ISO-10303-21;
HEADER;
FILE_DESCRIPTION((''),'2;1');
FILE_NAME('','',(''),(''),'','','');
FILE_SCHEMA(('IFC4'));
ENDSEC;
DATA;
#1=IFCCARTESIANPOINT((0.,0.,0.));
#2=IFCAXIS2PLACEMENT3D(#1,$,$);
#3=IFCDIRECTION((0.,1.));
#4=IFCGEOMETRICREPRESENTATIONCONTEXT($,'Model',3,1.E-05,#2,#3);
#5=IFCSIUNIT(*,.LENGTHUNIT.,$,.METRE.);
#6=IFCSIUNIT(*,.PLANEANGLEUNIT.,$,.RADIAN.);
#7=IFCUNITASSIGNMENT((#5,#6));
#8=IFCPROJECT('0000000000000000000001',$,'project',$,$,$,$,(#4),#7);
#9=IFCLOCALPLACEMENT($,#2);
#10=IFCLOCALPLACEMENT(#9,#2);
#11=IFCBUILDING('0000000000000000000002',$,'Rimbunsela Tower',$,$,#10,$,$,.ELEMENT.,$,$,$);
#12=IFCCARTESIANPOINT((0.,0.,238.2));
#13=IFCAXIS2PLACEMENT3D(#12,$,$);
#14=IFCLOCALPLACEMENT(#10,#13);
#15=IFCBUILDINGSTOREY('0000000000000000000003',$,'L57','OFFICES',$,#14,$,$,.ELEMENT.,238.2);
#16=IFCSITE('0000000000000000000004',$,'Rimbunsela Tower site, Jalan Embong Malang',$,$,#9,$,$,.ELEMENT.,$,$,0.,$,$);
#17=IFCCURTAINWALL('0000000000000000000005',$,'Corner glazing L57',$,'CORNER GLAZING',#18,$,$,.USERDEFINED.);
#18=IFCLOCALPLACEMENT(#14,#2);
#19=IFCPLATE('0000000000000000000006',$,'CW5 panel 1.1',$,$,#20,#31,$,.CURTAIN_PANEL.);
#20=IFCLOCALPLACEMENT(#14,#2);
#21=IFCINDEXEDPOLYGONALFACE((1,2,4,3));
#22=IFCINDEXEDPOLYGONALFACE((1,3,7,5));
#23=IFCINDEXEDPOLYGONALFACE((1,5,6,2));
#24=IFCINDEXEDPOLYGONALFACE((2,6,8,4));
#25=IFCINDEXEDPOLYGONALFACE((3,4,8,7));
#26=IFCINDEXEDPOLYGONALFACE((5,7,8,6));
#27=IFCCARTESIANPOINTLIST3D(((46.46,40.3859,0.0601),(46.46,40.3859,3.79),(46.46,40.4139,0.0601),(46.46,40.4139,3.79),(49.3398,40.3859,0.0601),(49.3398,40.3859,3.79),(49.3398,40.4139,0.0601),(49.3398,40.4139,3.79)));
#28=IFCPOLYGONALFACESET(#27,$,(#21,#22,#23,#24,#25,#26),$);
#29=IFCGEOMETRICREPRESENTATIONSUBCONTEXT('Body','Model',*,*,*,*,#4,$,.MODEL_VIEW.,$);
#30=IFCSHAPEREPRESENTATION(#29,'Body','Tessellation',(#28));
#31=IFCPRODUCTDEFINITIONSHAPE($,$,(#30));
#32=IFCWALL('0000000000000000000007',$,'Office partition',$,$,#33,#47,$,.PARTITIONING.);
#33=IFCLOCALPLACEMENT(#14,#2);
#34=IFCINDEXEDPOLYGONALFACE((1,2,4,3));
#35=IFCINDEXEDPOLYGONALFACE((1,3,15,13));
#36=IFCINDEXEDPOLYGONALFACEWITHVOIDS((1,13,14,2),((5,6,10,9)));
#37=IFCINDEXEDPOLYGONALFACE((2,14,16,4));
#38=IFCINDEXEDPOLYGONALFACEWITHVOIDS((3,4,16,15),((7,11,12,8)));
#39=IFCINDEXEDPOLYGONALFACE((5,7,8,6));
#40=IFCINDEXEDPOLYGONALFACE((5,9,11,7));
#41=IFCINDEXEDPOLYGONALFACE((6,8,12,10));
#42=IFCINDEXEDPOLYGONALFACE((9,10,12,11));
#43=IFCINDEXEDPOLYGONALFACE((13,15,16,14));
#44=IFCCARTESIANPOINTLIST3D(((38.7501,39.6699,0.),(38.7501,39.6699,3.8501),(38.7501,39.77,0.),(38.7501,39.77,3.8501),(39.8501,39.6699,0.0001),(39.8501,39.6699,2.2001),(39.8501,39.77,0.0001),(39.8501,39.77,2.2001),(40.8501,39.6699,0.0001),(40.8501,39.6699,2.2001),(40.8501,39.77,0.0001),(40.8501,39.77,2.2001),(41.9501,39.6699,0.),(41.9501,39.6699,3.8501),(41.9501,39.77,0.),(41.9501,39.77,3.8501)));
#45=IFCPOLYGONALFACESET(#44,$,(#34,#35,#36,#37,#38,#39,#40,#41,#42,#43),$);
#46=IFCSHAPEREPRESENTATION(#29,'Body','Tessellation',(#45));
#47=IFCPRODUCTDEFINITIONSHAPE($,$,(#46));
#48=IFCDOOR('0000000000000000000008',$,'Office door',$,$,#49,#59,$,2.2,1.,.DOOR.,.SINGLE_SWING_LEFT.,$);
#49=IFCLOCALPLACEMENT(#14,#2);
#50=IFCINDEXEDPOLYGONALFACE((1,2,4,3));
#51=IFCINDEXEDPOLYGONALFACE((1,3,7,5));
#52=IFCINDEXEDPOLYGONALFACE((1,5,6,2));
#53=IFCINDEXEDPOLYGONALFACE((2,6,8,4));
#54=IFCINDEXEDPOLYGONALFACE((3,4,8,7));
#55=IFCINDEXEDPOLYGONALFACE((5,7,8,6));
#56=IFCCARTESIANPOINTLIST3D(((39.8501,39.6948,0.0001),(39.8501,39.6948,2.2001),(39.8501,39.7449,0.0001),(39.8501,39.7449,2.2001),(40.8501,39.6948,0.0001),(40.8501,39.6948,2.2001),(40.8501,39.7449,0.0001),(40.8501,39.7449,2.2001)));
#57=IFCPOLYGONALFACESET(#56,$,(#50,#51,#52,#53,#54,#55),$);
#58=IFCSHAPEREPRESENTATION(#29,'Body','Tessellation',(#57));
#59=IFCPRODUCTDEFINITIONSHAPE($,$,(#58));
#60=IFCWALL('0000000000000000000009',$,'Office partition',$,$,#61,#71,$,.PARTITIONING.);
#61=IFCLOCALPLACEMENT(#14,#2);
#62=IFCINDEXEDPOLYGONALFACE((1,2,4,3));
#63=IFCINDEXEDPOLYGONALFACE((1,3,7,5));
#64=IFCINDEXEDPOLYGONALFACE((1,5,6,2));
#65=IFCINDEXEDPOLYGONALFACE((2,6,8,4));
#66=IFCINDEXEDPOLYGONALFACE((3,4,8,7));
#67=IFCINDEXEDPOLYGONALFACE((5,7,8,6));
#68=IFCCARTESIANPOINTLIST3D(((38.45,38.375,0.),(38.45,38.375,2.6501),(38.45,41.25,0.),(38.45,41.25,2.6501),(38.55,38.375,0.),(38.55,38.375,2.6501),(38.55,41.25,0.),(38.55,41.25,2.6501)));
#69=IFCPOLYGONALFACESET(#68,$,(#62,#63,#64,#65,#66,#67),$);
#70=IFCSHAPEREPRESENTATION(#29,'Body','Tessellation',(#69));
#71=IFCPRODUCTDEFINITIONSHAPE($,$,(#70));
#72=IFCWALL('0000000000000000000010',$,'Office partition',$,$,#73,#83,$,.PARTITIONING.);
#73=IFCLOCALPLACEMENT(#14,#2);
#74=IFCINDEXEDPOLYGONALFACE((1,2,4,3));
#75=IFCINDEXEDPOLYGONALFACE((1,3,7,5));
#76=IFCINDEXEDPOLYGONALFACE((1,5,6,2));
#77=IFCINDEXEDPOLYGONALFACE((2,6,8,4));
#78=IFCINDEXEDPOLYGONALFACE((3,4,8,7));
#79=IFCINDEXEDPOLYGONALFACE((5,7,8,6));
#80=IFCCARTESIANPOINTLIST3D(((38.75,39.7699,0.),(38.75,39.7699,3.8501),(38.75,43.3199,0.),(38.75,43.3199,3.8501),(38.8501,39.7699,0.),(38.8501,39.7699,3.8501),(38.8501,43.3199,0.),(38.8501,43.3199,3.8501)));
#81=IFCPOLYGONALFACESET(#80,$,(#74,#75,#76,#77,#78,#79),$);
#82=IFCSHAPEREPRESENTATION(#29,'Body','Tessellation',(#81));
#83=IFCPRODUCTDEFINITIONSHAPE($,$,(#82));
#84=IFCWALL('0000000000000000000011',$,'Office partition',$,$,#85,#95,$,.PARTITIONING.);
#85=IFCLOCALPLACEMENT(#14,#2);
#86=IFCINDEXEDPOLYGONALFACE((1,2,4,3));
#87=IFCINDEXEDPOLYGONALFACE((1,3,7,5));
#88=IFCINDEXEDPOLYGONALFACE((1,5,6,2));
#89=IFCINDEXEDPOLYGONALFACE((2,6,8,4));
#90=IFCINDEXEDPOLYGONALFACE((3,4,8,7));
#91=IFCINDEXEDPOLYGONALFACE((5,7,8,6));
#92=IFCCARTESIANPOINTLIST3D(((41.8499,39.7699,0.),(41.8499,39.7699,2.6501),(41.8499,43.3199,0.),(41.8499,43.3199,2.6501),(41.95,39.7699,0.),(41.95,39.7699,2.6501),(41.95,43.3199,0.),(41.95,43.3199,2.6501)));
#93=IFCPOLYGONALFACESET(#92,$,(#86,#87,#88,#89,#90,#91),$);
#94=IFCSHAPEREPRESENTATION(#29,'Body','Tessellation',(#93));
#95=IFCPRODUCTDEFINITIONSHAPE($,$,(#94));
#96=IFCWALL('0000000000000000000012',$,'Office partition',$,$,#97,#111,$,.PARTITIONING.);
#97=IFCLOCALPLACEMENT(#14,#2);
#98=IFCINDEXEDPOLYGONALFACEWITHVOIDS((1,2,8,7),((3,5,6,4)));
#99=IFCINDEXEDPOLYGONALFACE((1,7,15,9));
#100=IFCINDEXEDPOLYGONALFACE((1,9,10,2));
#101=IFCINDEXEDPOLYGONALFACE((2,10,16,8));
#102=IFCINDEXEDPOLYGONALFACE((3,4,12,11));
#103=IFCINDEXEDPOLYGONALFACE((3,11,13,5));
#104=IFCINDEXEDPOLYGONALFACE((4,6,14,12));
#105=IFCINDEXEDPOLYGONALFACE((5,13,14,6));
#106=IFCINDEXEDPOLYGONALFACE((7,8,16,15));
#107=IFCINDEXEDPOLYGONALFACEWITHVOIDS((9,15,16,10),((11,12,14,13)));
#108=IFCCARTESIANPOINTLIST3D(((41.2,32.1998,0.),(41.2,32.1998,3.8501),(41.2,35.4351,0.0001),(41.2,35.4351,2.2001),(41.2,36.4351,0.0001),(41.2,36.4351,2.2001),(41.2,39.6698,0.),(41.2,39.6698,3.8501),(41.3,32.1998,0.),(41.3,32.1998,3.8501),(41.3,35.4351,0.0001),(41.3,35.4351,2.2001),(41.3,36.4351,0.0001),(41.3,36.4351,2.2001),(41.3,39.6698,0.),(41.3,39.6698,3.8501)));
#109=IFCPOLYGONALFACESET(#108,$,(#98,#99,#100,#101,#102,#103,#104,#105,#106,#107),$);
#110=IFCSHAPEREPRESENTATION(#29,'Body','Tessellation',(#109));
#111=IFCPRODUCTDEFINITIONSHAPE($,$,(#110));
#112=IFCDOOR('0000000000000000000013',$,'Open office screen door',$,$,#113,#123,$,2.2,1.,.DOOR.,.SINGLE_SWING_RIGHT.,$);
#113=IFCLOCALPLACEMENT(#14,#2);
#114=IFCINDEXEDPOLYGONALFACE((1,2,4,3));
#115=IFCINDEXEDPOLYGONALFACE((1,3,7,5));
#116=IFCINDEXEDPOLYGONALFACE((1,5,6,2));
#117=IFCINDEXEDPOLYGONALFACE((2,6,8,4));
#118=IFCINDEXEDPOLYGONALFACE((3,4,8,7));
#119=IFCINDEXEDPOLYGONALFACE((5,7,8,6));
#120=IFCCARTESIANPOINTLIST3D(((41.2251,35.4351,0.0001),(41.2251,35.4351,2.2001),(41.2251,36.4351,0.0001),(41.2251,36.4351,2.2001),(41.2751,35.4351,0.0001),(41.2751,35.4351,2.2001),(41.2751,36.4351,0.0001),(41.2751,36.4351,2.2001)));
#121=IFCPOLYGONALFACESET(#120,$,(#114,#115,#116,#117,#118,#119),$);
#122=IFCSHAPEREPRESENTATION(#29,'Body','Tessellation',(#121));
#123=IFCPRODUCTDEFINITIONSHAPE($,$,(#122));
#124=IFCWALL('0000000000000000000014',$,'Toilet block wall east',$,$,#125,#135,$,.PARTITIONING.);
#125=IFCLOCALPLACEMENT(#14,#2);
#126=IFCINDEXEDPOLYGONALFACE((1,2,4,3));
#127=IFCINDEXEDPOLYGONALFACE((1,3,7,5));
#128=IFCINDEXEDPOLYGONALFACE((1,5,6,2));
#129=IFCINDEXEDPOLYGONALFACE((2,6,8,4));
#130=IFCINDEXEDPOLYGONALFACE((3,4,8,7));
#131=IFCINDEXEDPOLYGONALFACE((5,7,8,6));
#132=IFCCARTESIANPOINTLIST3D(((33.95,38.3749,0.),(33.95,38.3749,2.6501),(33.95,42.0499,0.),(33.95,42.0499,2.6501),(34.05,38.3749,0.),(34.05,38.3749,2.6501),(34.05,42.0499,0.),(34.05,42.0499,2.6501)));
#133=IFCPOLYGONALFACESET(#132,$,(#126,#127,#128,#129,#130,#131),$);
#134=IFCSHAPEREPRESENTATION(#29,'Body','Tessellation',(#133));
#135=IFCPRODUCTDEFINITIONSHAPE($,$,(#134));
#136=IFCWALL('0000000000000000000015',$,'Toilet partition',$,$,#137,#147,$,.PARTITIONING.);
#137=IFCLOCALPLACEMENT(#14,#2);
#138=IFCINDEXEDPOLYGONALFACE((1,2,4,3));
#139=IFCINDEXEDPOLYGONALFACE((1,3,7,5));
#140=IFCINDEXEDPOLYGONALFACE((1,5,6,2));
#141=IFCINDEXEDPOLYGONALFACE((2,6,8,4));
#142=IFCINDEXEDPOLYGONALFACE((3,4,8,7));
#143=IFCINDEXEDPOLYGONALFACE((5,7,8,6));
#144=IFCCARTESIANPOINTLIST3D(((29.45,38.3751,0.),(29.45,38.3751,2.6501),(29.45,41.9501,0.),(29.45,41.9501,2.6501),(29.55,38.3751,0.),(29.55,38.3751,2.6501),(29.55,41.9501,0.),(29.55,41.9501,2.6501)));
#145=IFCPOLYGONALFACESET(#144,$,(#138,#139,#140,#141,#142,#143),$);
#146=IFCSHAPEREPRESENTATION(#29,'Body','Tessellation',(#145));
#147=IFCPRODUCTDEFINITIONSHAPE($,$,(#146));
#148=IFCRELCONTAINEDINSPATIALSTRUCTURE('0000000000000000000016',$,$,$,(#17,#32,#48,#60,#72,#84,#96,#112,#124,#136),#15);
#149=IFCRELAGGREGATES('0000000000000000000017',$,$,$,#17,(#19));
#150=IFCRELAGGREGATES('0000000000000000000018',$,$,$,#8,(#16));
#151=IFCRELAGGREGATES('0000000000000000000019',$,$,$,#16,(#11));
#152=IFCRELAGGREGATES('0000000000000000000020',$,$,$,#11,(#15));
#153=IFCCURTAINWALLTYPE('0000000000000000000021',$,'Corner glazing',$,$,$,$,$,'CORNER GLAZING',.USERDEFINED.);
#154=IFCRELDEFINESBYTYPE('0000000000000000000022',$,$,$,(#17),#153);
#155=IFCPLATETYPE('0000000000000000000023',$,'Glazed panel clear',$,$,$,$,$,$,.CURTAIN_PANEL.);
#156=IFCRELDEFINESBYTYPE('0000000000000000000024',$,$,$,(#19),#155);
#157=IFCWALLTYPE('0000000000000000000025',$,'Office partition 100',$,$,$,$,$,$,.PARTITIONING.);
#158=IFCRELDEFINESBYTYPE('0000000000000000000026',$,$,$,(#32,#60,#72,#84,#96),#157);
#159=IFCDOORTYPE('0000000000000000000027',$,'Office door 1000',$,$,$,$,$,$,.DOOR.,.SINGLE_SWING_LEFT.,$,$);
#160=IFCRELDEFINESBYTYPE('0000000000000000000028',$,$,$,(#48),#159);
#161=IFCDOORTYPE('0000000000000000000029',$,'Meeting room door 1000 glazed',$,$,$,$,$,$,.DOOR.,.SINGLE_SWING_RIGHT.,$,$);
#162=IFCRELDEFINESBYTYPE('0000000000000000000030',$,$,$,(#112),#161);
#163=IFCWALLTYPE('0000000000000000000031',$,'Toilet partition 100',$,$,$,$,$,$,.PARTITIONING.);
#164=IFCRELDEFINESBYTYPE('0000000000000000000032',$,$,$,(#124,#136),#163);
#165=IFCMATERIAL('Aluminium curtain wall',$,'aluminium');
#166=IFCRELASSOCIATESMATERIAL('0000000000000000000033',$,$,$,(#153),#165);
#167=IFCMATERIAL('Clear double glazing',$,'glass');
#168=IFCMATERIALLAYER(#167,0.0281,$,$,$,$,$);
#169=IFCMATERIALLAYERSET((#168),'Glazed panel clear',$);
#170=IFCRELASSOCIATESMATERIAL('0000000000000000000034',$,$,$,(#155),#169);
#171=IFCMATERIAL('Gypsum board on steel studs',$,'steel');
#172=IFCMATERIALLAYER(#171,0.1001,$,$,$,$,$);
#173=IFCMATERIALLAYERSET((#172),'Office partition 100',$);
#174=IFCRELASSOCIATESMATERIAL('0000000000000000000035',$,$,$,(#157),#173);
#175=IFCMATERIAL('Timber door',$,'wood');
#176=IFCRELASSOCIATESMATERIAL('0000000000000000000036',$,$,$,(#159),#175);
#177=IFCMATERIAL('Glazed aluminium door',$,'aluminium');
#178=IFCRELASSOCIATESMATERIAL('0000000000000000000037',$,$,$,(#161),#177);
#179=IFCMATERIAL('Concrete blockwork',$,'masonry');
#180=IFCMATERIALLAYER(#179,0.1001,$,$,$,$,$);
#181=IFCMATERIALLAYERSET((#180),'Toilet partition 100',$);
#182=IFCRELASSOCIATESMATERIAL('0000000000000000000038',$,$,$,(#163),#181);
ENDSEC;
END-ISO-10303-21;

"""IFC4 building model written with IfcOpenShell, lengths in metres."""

from ifc_helpers import new_model, si_unit, direction, frame, frame_2d, origin, origin_2d, place, context, subcontext, project, spatial, rectangle, extrude, material, layer, layer_set, type_object, element, fill, aggregate, save


model = new_model("IFC4")

# Units and contexts
model_context = context("Model", 3, precision=1e-05, world=origin(), true_north=direction((0.0, 1.0)))
body_context = subcontext(model_context, "Body", "Model", "MODEL_VIEW")
ifc_project = project(units=[si_unit("LENGTHUNIT", "METRE"), si_unit("PLANEANGLEUNIT", "RADIAN")], contexts=[model_context])

# Site, building, storey
site_placement = place(None, origin())
site = spatial("IfcSite", under=ifc_project, at=site_placement, Name="Rimbunsela Tower site, Jalan Embong Malang", CompositionType="ELEMENT", RefElevation=0.0)
building_placement = place(site_placement, origin())
building = spatial("IfcBuilding", under=site, at=building_placement, Name="Rimbunsela Tower", CompositionType="ELEMENT")
storey_placement = place(building_placement, frame((0.0, 0.0, 238.2)))
storey = spatial("IfcBuildingStorey", under=building, at=storey_placement, Name="L57", Description="OFFICES", CompositionType="ELEMENT", Elevation=238.2)

# Curtain wall, plate
ifc_material_1 = material(Name="Aluminium curtain wall", Category="aluminium")
curtain_wall_type = type_object("IfcCurtainWallType", Name="Corner glazing", ElementType="CORNER GLAZING", PredefinedType="USERDEFINED", material=ifc_material_1)
curtain_wall_placement = place(storey_placement, origin())
curtain_wall = element("IfcCurtainWall", 1, at=curtain_wall_placement, inside=storey, type_object=curtain_wall_type, Name="Corner glazing L57", ObjectType="CORNER GLAZING", PredefinedType="USERDEFINED")
ifc_material_2 = material(Name="Clear double glazing", Category="glass")
ifc_layer_1 = layer(ifc_material_2, 0.0281)
ifc_layer_set_1 = layer_set([ifc_layer_1], Name="Glazed panel clear")
plate_type = type_object("IfcPlateType", Name="Glazed panel clear", PredefinedType="CURTAIN_PANEL", material=ifc_layer_set_1)
plate_placement = place(storey_placement, frame((47.8999, 40.3999, 0.0601), z_axis=(0.0, 0.0, 1.0), x_axis=(-1.0, 0.0, 0.0)))
plate = element("IfcPlate", 2, at=plate_placement, type_object=plate_type, Name="CW5 panel 1.1", PredefinedType="CURTAIN_PANEL", context=body_context, shape_type="SweptSolid", body=[
    extrude(rectangle(XDim=2.8799, YDim=0.0281, at=origin_2d()), origin(), (0.0, 0.0, 1.0), 3.73),
])
aggregate(curtain_wall, [plate])

# Wall, opening, door
ifc_material_3 = material(Name="Gypsum board on steel studs", Category="steel")
ifc_layer_2 = layer(ifc_material_3, 0.1001)
ifc_layer_set_2 = layer_set([ifc_layer_2], Name="Office partition 100")
wall_type_1 = type_object("IfcWallType", Name="Office partition 100", PredefinedType="PARTITIONING", material=ifc_layer_set_2)
wall_1_placement = place(storey_placement, frame((38.75, 39.72, 0.0), z_axis=(0.0, 0.0, 1.0), x_axis=(1.0, 0.0, 0.0)))
wall_1 = element("IfcWall", 3, at=wall_1_placement, inside=storey, type_object=wall_type_1, Name="Office partition", PredefinedType="PARTITIONING", context=body_context, shape_type="SweptSolid", body=[
    extrude(rectangle(XDim=3.2, YDim=0.1001, at=frame_2d((1.6001, 0.0))), origin(), (0.0, 0.0, 1.0), 3.8501),
])
opening_1_placement = place(wall_1_placement, frame((1.1001, 0.0, 0.0)))
opening_1 = element("IfcOpeningElement", 4, at=opening_1_placement, cuts=wall_1, PredefinedType="OPENING", context=body_context, shape_type="SweptSolid", body=[
    extrude(rectangle(XDim=1.0, YDim=2.2, at=frame_2d((0.5, 1.1001))), frame((0.0, 0.0601, 0.0), z_axis=(0.0, -1.0, 0.0), x_axis=(1.0, 0.0, 0.0)), (0.0, 0.0, 1.0), 0.1201),
])
ifc_material_4 = material(Name="Timber door", Category="wood")
door_type_1 = type_object("IfcDoorType", Name="Office door 1000", OperationType="SINGLE_SWING_LEFT", PredefinedType="DOOR", material=ifc_material_4)
door_1_placement = place(opening_1_placement, origin())
door_1 = element("IfcDoor", 5, at=door_1_placement, inside=storey, type_object=door_type_1, Name="Office door", OperationType="SINGLE_SWING_LEFT", OverallHeight=2.2, OverallWidth=1.0, PredefinedType="DOOR", context=body_context, shape_type="SweptSolid", body=[
    extrude(rectangle(XDim=1.0, YDim=2.2, at=frame_2d((0.5, 1.1001))), frame((0.0, 0.0249, 0.0), z_axis=(0.0, -1.0, 0.0), x_axis=(1.0, 0.0, 0.0)), (0.0, 0.0, 1.0), 0.05),
])
fill(opening_1, door_1)

# Walls
wall_2_placement = place(storey_placement, frame((38.5, 38.375, 0.0), z_axis=(0.0, 0.0, 1.0), x_axis=(0.0, 1.0, 0.0)))
element("IfcWall", 6, at=wall_2_placement, inside=storey, type_object=wall_type_1, Name="Office partition", PredefinedType="PARTITIONING", context=body_context, shape_type="SweptSolid", body=[
    extrude(rectangle(XDim=2.875, YDim=0.1001, at=frame_2d((1.4375, 0.0))), origin(), (0.0, 0.0, 1.0), 2.6501),
])
wall_3_placement = place(storey_placement, frame((38.8, 39.77, 0.0), z_axis=(0.0, 0.0, 1.0), x_axis=(0.0, 1.0, 0.0)))
element("IfcWall", 7, at=wall_3_placement, inside=storey, type_object=wall_type_1, Name="Office partition", PredefinedType="PARTITIONING", context=body_context, shape_type="SweptSolid", body=[
    extrude(rectangle(XDim=3.55, YDim=0.1001, at=frame_2d((1.7749, 0.0))), origin(), (0.0, 0.0, 1.0), 3.8501),
])
wall_4_placement = place(storey_placement, frame((41.8999, 39.77, 0.0), z_axis=(0.0, 0.0, 1.0), x_axis=(0.0, 1.0, 0.0)))
element("IfcWall", 8, at=wall_4_placement, inside=storey, type_object=wall_type_1, Name="Office partition", PredefinedType="PARTITIONING", context=body_context, shape_type="SweptSolid", body=[
    extrude(rectangle(XDim=3.55, YDim=0.1001, at=frame_2d((1.7749, 0.0))), origin(), (0.0, 0.0, 1.0), 2.6501),
])

# Wall, opening, door
wall_5_placement = place(storey_placement, frame((41.25, 32.2, 0.0), z_axis=(0.0, 0.0, 1.0), x_axis=(0.0, 1.0, 0.0)))
wall_5 = element("IfcWall", 9, at=wall_5_placement, inside=storey, type_object=wall_type_1, Name="Office partition", PredefinedType="PARTITIONING", context=body_context, shape_type="SweptSolid", body=[
    extrude(rectangle(XDim=7.47, YDim=0.1001, at=frame_2d((3.7349, 0.0))), origin(), (0.0, 0.0, 1.0), 3.8501),
])
opening_2_placement = place(wall_5_placement, frame((3.2351, 0.0, 0.0)))
opening_2 = element("IfcOpeningElement", 10, at=opening_2_placement, cuts=wall_5, PredefinedType="OPENING", context=body_context, shape_type="SweptSolid", body=[
    extrude(rectangle(XDim=1.0, YDim=2.2, at=frame_2d((0.5, 1.1001))), frame((0.0, 0.0601, 0.0), z_axis=(0.0, -1.0, 0.0), x_axis=(1.0, 0.0, 0.0)), (0.0, 0.0, 1.0), 0.1201),
])
ifc_material_5 = material(Name="Glazed aluminium door", Category="aluminium")
door_type_2 = type_object("IfcDoorType", Name="Meeting room door 1000 glazed", OperationType="SINGLE_SWING_RIGHT", PredefinedType="DOOR", material=ifc_material_5)
door_2_placement = place(opening_2_placement, origin())
door_2 = element("IfcDoor", 11, at=door_2_placement, inside=storey, type_object=door_type_2, Name="Open office screen door", OperationType="SINGLE_SWING_RIGHT", OverallHeight=2.2, OverallWidth=1.0, PredefinedType="DOOR", context=body_context, shape_type="SweptSolid", body=[
    extrude(rectangle(XDim=1.0, YDim=2.2, at=frame_2d((0.5, 1.1001))), frame((0.0, 0.0249, 0.0), z_axis=(0.0, -1.0, 0.0), x_axis=(1.0, 0.0, 0.0)), (0.0, 0.0, 1.0), 0.05),
])
fill(opening_2, door_2)

# Walls
ifc_material_6 = material(Name="Concrete blockwork", Category="masonry")
ifc_layer_3 = layer(ifc_material_6, 0.1001)
ifc_layer_set_3 = layer_set([ifc_layer_3], Name="Toilet partition 100")
wall_type_2 = type_object("IfcWallType", Name="Toilet partition 100", PredefinedType="PARTITIONING", material=ifc_layer_set_3)
wall_6_placement = place(storey_placement, frame((34.0, 38.375, 0.0), z_axis=(0.0, 0.0, 1.0), x_axis=(0.0, 1.0, 0.0)))
element("IfcWall", 12, at=wall_6_placement, inside=storey, type_object=wall_type_2, Name="Toilet block wall east", PredefinedType="PARTITIONING", context=body_context, shape_type="SweptSolid", body=[
    extrude(rectangle(XDim=3.675, YDim=0.1001, at=frame_2d((1.8374, 0.0))), origin(), (0.0, 0.0, 1.0), 2.6501),
])
wall_7_placement = place(storey_placement, frame((29.5, 38.375, 0.0), z_axis=(0.0, 0.0, 1.0), x_axis=(0.0, 1.0, 0.0)))
element("IfcWall", 13, at=wall_7_placement, inside=storey, type_object=wall_type_2, Name="Toilet partition", PredefinedType="PARTITIONING", context=body_context, shape_type="SweptSolid", body=[
    extrude(rectangle(XDim=3.575, YDim=0.1001, at=frame_2d((1.7876, 0.0))), origin(), (0.0, 0.0, 1.0), 2.6501),
])

save(model, "model.ifc")
